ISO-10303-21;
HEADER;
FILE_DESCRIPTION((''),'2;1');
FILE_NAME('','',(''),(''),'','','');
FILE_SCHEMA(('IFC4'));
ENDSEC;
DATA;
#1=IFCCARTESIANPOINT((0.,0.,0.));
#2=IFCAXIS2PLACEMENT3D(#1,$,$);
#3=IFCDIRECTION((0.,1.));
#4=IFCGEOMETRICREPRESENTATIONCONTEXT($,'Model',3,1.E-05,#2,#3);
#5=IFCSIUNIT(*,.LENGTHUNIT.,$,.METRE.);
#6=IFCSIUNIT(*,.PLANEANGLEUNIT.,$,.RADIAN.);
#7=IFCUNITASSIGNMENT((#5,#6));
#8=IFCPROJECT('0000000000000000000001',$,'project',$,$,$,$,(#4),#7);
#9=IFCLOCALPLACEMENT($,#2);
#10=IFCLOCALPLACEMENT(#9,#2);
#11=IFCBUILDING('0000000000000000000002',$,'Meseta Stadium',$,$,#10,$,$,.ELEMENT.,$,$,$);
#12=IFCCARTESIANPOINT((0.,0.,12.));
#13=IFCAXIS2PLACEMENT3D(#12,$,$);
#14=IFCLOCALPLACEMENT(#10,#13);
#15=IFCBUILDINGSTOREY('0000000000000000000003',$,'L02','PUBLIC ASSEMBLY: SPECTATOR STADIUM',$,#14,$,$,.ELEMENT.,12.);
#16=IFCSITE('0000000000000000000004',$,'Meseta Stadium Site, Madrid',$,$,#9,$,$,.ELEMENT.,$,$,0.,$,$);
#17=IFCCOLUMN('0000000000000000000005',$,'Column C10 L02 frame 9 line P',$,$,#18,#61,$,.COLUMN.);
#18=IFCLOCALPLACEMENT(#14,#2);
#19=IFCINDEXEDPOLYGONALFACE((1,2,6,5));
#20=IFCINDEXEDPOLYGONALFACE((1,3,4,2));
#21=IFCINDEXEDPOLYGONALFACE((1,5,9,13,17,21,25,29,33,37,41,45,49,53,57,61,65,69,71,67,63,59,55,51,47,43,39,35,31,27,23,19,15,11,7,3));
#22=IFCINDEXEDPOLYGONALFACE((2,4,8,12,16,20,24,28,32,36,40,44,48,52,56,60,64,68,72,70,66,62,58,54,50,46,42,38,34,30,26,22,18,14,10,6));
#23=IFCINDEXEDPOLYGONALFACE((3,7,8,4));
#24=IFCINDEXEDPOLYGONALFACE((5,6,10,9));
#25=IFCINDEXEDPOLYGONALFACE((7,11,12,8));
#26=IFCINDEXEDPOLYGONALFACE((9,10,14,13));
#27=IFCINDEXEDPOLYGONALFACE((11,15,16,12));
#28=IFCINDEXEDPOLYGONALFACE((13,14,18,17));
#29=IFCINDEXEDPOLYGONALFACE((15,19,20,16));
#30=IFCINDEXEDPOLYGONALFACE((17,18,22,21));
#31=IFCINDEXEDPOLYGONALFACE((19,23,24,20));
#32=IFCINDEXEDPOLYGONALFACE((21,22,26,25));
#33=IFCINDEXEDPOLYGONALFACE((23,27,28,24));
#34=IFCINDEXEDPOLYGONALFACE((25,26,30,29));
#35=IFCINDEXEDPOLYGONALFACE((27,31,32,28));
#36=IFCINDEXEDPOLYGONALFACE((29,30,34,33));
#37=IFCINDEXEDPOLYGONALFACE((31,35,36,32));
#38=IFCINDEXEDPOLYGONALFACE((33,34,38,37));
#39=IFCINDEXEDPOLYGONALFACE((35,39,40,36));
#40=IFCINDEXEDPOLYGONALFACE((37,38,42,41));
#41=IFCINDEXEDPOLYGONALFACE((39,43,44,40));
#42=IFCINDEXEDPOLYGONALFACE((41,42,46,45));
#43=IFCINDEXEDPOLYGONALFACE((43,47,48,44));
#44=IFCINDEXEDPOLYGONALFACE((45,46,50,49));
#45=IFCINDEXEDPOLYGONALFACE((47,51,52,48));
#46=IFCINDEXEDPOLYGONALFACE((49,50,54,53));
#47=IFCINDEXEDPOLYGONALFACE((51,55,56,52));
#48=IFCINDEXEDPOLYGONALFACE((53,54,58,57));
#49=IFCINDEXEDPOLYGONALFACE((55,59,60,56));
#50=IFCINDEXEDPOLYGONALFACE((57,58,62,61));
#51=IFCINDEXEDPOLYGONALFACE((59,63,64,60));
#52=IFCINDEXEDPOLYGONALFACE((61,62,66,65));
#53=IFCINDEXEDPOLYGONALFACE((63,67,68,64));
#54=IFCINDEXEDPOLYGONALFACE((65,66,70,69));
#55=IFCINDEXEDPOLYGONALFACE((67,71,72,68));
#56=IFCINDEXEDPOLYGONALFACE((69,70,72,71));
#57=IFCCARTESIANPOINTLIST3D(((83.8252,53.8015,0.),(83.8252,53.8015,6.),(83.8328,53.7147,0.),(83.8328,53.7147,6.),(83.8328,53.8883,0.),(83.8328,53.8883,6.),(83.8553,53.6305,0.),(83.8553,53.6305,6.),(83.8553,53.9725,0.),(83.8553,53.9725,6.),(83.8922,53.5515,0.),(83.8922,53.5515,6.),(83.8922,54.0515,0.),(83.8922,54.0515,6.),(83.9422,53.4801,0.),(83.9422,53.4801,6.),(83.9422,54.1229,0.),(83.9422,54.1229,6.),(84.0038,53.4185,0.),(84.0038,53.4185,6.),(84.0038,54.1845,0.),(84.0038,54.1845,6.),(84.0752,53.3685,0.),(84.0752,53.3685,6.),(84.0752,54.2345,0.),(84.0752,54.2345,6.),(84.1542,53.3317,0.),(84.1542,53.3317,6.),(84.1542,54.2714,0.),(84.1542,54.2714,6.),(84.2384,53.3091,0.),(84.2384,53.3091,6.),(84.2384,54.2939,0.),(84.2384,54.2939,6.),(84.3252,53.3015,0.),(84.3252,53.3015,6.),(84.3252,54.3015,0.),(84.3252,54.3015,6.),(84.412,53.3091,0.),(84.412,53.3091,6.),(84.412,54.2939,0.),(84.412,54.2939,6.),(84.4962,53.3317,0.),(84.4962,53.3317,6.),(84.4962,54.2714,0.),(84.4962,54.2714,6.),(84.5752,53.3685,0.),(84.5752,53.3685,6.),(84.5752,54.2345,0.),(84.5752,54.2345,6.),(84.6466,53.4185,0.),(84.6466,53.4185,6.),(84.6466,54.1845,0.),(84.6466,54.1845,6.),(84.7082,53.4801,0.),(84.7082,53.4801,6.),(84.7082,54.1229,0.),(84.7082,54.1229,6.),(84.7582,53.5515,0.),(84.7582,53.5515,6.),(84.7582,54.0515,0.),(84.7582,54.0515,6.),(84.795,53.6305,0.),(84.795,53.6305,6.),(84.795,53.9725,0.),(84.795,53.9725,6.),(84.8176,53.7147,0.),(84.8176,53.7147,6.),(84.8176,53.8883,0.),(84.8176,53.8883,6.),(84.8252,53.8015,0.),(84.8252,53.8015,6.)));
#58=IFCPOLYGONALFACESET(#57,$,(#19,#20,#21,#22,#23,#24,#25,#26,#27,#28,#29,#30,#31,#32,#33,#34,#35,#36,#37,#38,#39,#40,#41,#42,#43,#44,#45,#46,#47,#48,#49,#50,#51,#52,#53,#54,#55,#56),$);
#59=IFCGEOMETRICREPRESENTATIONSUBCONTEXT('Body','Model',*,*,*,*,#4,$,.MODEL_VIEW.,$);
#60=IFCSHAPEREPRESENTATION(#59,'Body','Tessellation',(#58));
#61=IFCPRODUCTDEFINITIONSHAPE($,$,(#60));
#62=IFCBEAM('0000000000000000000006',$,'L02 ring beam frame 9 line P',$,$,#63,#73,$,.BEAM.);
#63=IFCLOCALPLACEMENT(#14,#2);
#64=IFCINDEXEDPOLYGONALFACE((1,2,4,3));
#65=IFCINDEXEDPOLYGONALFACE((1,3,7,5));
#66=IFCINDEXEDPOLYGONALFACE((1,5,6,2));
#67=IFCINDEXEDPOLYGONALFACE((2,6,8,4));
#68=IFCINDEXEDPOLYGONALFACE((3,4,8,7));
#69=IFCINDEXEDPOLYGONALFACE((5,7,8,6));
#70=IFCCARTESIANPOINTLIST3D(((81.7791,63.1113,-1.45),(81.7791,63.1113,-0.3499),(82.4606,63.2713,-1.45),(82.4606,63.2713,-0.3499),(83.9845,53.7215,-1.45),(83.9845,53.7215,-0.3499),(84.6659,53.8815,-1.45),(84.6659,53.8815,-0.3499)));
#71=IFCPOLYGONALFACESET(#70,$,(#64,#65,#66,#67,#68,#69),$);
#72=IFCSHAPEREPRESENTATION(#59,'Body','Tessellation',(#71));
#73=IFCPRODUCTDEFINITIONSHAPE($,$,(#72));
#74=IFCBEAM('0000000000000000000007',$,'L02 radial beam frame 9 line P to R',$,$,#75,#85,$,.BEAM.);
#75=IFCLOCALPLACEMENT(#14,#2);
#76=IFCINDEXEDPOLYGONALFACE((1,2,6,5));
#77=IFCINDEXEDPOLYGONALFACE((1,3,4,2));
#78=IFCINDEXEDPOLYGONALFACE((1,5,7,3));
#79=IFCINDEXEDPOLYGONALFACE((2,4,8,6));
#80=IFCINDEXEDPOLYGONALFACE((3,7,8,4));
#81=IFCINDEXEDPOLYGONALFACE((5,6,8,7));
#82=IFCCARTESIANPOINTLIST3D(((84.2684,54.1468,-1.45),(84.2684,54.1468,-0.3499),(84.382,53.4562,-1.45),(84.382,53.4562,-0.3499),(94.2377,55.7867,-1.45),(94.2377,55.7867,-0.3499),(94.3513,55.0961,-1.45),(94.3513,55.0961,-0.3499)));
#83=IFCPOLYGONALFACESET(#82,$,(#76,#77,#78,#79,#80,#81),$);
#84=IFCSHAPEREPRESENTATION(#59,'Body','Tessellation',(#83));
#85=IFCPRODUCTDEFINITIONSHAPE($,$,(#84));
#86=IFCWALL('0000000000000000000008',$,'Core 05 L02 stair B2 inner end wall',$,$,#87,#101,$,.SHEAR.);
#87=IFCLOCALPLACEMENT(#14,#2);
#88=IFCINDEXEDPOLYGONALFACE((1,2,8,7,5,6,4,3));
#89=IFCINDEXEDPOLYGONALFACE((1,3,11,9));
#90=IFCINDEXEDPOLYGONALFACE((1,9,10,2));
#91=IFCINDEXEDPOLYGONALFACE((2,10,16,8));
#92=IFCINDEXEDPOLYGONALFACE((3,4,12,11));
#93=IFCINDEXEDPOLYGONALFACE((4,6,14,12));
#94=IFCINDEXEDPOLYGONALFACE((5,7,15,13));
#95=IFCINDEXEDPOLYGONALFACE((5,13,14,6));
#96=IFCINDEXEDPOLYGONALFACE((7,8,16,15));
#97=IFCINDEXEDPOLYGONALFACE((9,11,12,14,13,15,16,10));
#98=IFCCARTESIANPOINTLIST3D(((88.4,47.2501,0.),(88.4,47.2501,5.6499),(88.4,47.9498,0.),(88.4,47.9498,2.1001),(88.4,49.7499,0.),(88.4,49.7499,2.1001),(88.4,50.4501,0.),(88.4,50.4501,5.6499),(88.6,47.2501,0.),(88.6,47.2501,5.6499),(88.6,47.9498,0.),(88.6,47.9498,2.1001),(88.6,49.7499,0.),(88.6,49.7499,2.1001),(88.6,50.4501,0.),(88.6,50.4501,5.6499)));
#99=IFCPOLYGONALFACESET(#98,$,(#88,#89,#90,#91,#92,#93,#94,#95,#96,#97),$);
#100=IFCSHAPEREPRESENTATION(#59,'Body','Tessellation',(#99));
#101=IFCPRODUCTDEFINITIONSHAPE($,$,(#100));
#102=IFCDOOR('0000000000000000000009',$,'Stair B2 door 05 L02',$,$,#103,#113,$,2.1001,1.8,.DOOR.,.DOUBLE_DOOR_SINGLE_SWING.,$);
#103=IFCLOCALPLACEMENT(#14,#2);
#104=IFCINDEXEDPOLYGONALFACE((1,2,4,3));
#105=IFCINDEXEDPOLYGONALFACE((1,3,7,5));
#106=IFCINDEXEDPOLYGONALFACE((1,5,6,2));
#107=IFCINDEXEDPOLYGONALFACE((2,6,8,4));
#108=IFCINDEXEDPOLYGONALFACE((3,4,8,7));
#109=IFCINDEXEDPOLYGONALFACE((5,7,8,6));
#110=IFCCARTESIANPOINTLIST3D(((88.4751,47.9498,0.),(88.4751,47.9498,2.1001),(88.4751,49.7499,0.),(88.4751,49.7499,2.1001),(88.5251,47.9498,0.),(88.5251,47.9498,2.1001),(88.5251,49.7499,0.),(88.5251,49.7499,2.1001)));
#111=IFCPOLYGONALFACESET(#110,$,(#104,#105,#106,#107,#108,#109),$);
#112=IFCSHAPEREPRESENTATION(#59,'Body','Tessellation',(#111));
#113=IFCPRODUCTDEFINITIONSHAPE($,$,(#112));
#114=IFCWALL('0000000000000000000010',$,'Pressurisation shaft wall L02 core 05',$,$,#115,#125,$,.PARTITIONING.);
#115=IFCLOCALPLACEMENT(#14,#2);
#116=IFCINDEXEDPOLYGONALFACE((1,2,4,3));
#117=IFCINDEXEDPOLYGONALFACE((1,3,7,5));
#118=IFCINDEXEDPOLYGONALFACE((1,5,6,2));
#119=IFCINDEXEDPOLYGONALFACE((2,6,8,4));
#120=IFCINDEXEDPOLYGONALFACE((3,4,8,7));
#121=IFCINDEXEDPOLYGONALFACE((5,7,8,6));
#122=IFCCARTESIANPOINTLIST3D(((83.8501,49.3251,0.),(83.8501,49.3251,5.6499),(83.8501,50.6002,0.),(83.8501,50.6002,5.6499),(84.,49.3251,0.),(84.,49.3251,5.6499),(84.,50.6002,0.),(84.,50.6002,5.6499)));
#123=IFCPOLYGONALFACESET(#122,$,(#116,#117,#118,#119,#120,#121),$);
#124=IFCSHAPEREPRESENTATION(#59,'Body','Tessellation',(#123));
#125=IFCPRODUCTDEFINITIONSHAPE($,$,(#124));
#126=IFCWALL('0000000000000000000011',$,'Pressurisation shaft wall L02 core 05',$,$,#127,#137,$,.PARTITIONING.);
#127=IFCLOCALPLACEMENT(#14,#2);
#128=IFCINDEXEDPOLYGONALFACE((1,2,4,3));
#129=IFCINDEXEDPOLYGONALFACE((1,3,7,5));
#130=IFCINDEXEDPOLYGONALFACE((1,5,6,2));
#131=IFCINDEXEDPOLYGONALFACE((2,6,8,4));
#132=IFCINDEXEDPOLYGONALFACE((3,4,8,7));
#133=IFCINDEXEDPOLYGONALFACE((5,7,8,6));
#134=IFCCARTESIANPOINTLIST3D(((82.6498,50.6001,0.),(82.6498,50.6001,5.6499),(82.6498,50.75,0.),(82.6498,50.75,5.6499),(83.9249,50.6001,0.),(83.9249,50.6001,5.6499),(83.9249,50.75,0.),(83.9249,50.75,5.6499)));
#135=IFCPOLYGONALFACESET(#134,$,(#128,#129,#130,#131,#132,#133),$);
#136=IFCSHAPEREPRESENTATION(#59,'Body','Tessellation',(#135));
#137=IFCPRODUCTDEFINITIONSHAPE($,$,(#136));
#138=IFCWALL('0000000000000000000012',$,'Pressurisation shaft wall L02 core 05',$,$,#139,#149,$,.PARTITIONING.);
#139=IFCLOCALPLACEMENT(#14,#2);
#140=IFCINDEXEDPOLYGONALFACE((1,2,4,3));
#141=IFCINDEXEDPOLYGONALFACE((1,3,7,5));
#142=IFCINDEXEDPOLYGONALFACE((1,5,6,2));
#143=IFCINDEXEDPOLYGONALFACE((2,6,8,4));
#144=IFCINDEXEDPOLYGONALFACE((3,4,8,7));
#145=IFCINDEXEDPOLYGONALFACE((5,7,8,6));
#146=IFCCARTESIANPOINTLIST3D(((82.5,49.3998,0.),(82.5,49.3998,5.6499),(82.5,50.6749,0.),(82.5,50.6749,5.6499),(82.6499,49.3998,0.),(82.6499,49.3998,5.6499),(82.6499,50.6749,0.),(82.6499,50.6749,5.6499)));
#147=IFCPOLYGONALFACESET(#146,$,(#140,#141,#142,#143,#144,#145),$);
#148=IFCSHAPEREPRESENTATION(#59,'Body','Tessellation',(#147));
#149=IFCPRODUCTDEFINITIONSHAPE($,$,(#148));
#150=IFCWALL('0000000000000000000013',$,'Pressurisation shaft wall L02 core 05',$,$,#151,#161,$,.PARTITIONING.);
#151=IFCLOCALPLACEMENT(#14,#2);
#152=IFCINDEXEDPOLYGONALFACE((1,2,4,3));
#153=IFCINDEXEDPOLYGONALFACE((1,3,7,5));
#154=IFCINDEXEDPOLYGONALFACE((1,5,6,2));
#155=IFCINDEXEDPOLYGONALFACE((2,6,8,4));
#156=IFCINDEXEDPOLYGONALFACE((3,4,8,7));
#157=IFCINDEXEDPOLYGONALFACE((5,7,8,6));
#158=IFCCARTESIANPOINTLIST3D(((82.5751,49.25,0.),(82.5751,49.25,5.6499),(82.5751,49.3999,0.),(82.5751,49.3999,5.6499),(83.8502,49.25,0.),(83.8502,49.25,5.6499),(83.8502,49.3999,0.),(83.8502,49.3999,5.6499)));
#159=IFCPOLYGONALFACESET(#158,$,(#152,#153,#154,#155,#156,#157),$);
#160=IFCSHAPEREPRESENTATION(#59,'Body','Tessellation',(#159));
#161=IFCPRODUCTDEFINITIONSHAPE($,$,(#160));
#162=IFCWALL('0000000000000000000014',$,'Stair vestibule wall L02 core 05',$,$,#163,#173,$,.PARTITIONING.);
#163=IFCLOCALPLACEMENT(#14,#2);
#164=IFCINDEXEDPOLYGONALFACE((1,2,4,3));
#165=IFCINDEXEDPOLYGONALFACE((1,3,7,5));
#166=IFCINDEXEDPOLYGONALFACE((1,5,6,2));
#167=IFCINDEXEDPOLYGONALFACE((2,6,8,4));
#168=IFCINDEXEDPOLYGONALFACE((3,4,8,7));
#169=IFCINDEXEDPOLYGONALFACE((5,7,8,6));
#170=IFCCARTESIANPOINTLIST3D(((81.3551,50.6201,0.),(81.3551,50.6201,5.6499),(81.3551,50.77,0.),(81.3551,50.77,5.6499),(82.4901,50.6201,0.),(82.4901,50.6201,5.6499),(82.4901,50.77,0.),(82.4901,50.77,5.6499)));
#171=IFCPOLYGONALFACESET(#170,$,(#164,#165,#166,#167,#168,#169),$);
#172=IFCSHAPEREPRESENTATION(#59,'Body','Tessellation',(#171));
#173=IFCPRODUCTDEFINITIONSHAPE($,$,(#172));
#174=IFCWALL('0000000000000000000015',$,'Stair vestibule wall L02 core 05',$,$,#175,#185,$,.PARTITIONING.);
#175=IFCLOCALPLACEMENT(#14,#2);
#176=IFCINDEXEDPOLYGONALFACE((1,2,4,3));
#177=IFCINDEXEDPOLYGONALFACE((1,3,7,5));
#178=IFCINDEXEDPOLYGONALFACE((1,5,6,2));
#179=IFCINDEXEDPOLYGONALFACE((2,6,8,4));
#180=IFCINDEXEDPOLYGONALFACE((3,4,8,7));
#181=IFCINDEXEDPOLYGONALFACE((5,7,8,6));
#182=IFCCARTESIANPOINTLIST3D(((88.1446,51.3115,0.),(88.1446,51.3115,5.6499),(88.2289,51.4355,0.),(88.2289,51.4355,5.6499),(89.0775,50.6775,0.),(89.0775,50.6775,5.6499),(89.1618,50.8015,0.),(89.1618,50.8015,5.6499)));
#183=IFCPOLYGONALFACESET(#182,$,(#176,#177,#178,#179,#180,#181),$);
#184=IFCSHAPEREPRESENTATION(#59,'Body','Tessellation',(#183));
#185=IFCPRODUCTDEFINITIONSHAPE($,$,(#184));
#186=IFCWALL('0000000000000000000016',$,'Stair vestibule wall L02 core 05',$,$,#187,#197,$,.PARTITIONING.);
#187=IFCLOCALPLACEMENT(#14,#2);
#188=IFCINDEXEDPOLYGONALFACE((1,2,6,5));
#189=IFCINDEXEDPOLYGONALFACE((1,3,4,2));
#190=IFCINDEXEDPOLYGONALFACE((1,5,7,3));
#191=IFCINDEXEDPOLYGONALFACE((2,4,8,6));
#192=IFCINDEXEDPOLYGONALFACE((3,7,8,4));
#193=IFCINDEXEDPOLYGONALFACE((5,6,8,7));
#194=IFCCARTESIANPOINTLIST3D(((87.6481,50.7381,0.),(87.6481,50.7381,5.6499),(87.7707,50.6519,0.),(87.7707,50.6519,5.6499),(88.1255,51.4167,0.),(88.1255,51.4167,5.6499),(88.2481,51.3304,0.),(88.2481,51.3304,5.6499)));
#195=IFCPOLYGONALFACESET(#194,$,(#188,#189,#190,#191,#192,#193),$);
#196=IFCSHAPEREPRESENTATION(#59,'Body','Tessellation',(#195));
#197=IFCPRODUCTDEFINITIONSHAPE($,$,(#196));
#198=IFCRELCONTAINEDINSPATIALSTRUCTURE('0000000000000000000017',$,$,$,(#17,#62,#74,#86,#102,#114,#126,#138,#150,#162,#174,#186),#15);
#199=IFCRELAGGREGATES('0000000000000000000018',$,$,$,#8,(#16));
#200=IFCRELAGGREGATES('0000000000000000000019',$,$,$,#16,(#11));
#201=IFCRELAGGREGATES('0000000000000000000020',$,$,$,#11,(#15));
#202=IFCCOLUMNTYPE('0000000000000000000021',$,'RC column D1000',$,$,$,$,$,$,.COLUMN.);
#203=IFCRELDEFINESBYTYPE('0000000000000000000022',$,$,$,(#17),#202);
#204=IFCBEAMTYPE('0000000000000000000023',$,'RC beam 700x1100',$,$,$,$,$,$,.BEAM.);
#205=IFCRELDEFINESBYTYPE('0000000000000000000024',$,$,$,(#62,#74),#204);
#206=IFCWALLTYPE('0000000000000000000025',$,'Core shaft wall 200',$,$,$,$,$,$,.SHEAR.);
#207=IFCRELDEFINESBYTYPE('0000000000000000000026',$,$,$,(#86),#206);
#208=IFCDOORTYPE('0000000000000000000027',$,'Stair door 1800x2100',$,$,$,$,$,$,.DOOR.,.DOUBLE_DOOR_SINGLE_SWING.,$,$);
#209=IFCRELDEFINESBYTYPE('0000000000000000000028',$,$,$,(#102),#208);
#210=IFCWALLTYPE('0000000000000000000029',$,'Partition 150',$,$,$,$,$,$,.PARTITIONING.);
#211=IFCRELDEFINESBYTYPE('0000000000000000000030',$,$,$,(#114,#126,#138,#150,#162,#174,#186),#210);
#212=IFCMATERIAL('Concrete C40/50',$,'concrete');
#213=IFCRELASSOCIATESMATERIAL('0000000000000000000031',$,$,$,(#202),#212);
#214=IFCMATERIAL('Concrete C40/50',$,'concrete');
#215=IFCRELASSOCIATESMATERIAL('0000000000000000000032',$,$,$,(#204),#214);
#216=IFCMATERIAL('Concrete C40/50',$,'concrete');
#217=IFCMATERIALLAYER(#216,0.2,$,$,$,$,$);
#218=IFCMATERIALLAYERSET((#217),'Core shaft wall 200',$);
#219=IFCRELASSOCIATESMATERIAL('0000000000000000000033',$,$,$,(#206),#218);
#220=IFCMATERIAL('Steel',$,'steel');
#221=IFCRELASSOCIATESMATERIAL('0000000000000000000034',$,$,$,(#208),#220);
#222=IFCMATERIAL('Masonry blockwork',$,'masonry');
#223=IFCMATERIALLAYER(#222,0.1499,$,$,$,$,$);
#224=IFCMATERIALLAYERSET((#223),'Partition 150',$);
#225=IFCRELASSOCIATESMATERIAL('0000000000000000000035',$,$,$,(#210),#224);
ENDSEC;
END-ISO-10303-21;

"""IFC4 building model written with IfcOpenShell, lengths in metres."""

from ifc_helpers import new_model, si_unit, direction, frame, frame_2d, origin, origin_2d, place, context, subcontext, project, spatial, rectangle, circle, extrude, material, layer, layer_set, material_profile, profile_set, type_object, element, fill, save


model = new_model("IFC4")

# Units and contexts
model_context = context("Model", 3, precision=1e-05, world=origin(), true_north=direction((0.0, 1.0)))
body_context = subcontext(model_context, "Body", "Model", "MODEL_VIEW")
ifc_project = project(units=[si_unit("LENGTHUNIT", "METRE"), si_unit("PLANEANGLEUNIT", "RADIAN")], contexts=[model_context])

# Site, building, storey
site_placement = place(None, origin())
site = spatial("IfcSite", under=ifc_project, at=site_placement, Name="Meseta Stadium Site, Madrid", CompositionType="ELEMENT", RefElevation=0.0)
building_placement = place(site_placement, origin())
building = spatial("IfcBuilding", under=site, at=building_placement, Name="Meseta Stadium", CompositionType="ELEMENT")
storey_placement = place(building_placement, frame((0.0, 0.0, 12.0)))
storey = spatial("IfcBuildingStorey", under=building, at=storey_placement, Name="L02", Description="PUBLIC ASSEMBLY: SPECTATOR STADIUM", CompositionType="ELEMENT", Elevation=12.0)

# Column
ifc_material_1 = material(Name="Concrete C40/50", Category="concrete")
ifc_material_profile_1 = material_profile(ifc_material_1, circle(Radius=0.5, at=origin_2d()), Name="RC D1000")
ifc_profile_set_1 = profile_set([ifc_material_profile_1], Name="Concrete C40/50")
column_type = type_object("IfcColumnType", Name="RC column D1000", PredefinedType="COLUMN", material=ifc_profile_set_1)
column_placement = place(storey_placement, frame((84.3252, 53.8015, 0.0), z_axis=(0.0, 0.0, 1.0), x_axis=(1.0, 0.0, 0.0)))
element("IfcColumn", 1, at=column_placement, inside=storey, type_object=column_type, Name="Column C10 L02 frame 9 line P", PredefinedType="COLUMN", context=body_context, shape_type="SweptSolid", body=[
    extrude(circle(Radius=0.5, at=origin_2d()), origin(), (0.0, 0.0, 1.0), 6.0),
])

# Beams
ifc_material_2 = material(Name="Concrete C40/50", Category="concrete")
ifc_material_profile_2 = material_profile(ifc_material_2, rectangle(XDim=0.7, YDim=1.1001, at=origin_2d()), Name="RC 700x1100")
ifc_profile_set_2 = profile_set([ifc_material_profile_2], Name="Concrete C40/50")
beam_type = type_object("IfcBeamType", Name="RC beam 700x1100", PredefinedType="BEAM", material=ifc_profile_set_2)
beam_1_placement = place(storey_placement, frame((84.3252, 53.8015, -0.8999), z_axis=(-0.228646, 0.97351, 0.0), x_axis=(-0.97351, -0.228646, 0.0)))
element("IfcBeam", 2, at=beam_1_placement, inside=storey, type_object=beam_type, Name="L02 ring beam frame 9 line P", PredefinedType="BEAM", context=body_context, shape_type="SweptSolid", body=[
    extrude(rectangle(XDim=0.7, YDim=1.1001, at=origin_2d()), origin(), (0.0, 0.0, 1.0), 9.6453),
])
beam_2_placement = place(storey_placement, frame((84.3252, 53.8015, -0.8999), z_axis=(0.986739, 0.162314, 0.0), x_axis=(-0.162314, 0.986739, 0.0)))
element("IfcBeam", 3, at=beam_2_placement, inside=storey, type_object=beam_type, Name="L02 radial beam frame 9 line P to R", PredefinedType="BEAM", context=body_context, shape_type="SweptSolid", body=[
    extrude(rectangle(XDim=0.7, YDim=1.1001, at=origin_2d()), origin(), (0.0, 0.0, 1.0), 10.1033),
])

# Wall, opening, door
ifc_material_3 = material(Name="Concrete C40/50", Category="concrete")
ifc_layer_1 = layer(ifc_material_3, 0.2)
ifc_layer_set_1 = layer_set([ifc_layer_1], Name="Core shaft wall 200")
wall_type_1 = type_object("IfcWallType", Name="Core shaft wall 200", PredefinedType="SHEAR", material=ifc_layer_set_1)
wall_1_placement = place(storey_placement, frame((88.5, 47.25, 0.0), z_axis=(0.0, 0.0, 1.0), x_axis=(0.0, 1.0, 0.0)))
wall_1 = element("IfcWall", 4, at=wall_1_placement, inside=storey, type_object=wall_type_1, Name="Core 05 L02 stair B2 inner end wall", PredefinedType="SHEAR", context=body_context, shape_type="SweptSolid", body=[
    extrude(rectangle(XDim=3.2, YDim=0.2, at=frame_2d((1.6001, 0.0))), origin(), (0.0, 0.0, 1.0), 5.6499),
])
opening_1_placement = place(wall_1_placement, frame((0.7, 0.0, 0.0)))
opening_1 = element("IfcOpeningElement", 5, at=opening_1_placement, cuts=wall_1, PredefinedType="OPENING", context=body_context, shape_type="SweptSolid", body=[
    extrude(rectangle(XDim=1.8, YDim=2.1001, at=frame_2d((0.8999, 1.05))), frame((0.0, 0.1099, 0.0), z_axis=(0.0, -1.0, 0.0), x_axis=(1.0, 0.0, 0.0)), (0.0, 0.0, 1.0), 0.22),
])
ifc_material_4 = material(Name="Steel", Category="steel")
door_type_1 = type_object("IfcDoorType", Name="Stair door 1800x2100", OperationType="DOUBLE_DOOR_SINGLE_SWING", PredefinedType="DOOR", material=ifc_material_4)
door_1_placement = place(opening_1_placement, origin())
door_1 = element("IfcDoor", 6, at=door_1_placement, inside=storey, type_object=door_type_1, Name="Stair B2 door 05 L02", OperationType="DOUBLE_DOOR_SINGLE_SWING", OverallHeight=2.1001, OverallWidth=1.8, PredefinedType="DOOR", context=body_context, shape_type="SweptSolid", body=[
    extrude(rectangle(XDim=1.8, YDim=2.1001, at=frame_2d((0.8999, 1.05))), frame((0.0, 0.0249, 0.0), z_axis=(0.0, -1.0, 0.0), x_axis=(1.0, 0.0, 0.0)), (0.0, 0.0, 1.0), 0.05),
])
fill(opening_1, door_1)

# Walls
ifc_material_5 = material(Name="Masonry blockwork", Category="masonry")
ifc_layer_2 = layer(ifc_material_5, 0.1499)
ifc_layer_set_2 = layer_set([ifc_layer_2], Name="Partition 150")
wall_type_2 = type_object("IfcWallType", Name="Partition 150", PredefinedType="PARTITIONING", material=ifc_layer_set_2)
for number, where, z_axis, x_axis, name in (
    (7, (83.925, 49.325, 0.0), (0.0, 0.0, 1.0), (0.0, 1.0, 0.0), "Pressurisation shaft wall L02 core 05"),
    (8, (83.925, 50.675, 0.0), (0.0, 0.0, 1.0), (-1.0, 0.0, 0.0), "Pressurisation shaft wall L02 core 05"),
    (9, (82.575, 50.675, 0.0), (0.0, 0.0, 1.0), (0.0, -1.0, 0.0), "Pressurisation shaft wall L02 core 05"),
    (10, (82.575, 49.325, 0.0), (0.0, 0.0, 1.0), (1.0, 0.0, 0.0), "Pressurisation shaft wall L02 core 05"),
):
    element("IfcWall", number, at=place(storey_placement, frame(where, z_axis=z_axis, x_axis=x_axis)), inside=storey, type_object=wall_type_2, Name=name, PredefinedType="PARTITIONING", context=body_context, shape_type="SweptSolid", body=[
        extrude(rectangle(XDim=1.2751, YDim=0.1499, at=frame_2d((0.6377, 0.0))), origin(), (0.0, 0.0, 1.0), 5.6499),
    ])
wall_2_placement = place(storey_placement, frame((82.49, 50.6951, 0.0), z_axis=(0.0, 0.0, 1.0), x_axis=(-1.0, 0.0, 0.0)))
element("IfcWall", 11, at=wall_2_placement, inside=storey, type_object=wall_type_2, Name="Stair vestibule wall L02 core 05", PredefinedType="PARTITIONING", context=body_context, shape_type="SweptSolid", body=[
    extrude(rectangle(XDim=1.135, YDim=0.1499, at=frame_2d((0.5674, 0.0))), origin(), (0.0, 0.0, 1.0), 5.6499),
])
wall_3_placement = place(storey_placement, frame((89.1196, 50.7395, 0.0), z_axis=(0.0, 0.0, 1.0), x_axis=(-0.827055, 0.562121, 0.0)))
element("IfcWall", 12, at=wall_3_placement, inside=storey, type_object=wall_type_2, Name="Stair vestibule wall L02 core 05", PredefinedType="PARTITIONING", context=body_context, shape_type="SweptSolid", body=[
    extrude(rectangle(XDim=1.1279, YDim=0.1499, at=frame_2d((0.564, 0.0))), origin(), (0.0, 0.0, 1.0), 5.6499),
])
wall_4_placement = place(storey_placement, frame((88.1868, 51.3735, 0.0), z_axis=(0.0, 0.0, 1.0), x_axis=(-0.575377, -0.817888, 0.0)))
element("IfcWall", 13, at=wall_4_placement, inside=storey, type_object=wall_type_2, Name="Stair vestibule wall L02 core 05", PredefinedType="PARTITIONING", context=body_context, shape_type="SweptSolid", body=[
    extrude(rectangle(XDim=0.8296, YDim=0.1499, at=frame_2d((0.4148, 0.0))), origin(), (0.0, 0.0, 1.0), 5.6499),
])

save(model, "model.ifc")
